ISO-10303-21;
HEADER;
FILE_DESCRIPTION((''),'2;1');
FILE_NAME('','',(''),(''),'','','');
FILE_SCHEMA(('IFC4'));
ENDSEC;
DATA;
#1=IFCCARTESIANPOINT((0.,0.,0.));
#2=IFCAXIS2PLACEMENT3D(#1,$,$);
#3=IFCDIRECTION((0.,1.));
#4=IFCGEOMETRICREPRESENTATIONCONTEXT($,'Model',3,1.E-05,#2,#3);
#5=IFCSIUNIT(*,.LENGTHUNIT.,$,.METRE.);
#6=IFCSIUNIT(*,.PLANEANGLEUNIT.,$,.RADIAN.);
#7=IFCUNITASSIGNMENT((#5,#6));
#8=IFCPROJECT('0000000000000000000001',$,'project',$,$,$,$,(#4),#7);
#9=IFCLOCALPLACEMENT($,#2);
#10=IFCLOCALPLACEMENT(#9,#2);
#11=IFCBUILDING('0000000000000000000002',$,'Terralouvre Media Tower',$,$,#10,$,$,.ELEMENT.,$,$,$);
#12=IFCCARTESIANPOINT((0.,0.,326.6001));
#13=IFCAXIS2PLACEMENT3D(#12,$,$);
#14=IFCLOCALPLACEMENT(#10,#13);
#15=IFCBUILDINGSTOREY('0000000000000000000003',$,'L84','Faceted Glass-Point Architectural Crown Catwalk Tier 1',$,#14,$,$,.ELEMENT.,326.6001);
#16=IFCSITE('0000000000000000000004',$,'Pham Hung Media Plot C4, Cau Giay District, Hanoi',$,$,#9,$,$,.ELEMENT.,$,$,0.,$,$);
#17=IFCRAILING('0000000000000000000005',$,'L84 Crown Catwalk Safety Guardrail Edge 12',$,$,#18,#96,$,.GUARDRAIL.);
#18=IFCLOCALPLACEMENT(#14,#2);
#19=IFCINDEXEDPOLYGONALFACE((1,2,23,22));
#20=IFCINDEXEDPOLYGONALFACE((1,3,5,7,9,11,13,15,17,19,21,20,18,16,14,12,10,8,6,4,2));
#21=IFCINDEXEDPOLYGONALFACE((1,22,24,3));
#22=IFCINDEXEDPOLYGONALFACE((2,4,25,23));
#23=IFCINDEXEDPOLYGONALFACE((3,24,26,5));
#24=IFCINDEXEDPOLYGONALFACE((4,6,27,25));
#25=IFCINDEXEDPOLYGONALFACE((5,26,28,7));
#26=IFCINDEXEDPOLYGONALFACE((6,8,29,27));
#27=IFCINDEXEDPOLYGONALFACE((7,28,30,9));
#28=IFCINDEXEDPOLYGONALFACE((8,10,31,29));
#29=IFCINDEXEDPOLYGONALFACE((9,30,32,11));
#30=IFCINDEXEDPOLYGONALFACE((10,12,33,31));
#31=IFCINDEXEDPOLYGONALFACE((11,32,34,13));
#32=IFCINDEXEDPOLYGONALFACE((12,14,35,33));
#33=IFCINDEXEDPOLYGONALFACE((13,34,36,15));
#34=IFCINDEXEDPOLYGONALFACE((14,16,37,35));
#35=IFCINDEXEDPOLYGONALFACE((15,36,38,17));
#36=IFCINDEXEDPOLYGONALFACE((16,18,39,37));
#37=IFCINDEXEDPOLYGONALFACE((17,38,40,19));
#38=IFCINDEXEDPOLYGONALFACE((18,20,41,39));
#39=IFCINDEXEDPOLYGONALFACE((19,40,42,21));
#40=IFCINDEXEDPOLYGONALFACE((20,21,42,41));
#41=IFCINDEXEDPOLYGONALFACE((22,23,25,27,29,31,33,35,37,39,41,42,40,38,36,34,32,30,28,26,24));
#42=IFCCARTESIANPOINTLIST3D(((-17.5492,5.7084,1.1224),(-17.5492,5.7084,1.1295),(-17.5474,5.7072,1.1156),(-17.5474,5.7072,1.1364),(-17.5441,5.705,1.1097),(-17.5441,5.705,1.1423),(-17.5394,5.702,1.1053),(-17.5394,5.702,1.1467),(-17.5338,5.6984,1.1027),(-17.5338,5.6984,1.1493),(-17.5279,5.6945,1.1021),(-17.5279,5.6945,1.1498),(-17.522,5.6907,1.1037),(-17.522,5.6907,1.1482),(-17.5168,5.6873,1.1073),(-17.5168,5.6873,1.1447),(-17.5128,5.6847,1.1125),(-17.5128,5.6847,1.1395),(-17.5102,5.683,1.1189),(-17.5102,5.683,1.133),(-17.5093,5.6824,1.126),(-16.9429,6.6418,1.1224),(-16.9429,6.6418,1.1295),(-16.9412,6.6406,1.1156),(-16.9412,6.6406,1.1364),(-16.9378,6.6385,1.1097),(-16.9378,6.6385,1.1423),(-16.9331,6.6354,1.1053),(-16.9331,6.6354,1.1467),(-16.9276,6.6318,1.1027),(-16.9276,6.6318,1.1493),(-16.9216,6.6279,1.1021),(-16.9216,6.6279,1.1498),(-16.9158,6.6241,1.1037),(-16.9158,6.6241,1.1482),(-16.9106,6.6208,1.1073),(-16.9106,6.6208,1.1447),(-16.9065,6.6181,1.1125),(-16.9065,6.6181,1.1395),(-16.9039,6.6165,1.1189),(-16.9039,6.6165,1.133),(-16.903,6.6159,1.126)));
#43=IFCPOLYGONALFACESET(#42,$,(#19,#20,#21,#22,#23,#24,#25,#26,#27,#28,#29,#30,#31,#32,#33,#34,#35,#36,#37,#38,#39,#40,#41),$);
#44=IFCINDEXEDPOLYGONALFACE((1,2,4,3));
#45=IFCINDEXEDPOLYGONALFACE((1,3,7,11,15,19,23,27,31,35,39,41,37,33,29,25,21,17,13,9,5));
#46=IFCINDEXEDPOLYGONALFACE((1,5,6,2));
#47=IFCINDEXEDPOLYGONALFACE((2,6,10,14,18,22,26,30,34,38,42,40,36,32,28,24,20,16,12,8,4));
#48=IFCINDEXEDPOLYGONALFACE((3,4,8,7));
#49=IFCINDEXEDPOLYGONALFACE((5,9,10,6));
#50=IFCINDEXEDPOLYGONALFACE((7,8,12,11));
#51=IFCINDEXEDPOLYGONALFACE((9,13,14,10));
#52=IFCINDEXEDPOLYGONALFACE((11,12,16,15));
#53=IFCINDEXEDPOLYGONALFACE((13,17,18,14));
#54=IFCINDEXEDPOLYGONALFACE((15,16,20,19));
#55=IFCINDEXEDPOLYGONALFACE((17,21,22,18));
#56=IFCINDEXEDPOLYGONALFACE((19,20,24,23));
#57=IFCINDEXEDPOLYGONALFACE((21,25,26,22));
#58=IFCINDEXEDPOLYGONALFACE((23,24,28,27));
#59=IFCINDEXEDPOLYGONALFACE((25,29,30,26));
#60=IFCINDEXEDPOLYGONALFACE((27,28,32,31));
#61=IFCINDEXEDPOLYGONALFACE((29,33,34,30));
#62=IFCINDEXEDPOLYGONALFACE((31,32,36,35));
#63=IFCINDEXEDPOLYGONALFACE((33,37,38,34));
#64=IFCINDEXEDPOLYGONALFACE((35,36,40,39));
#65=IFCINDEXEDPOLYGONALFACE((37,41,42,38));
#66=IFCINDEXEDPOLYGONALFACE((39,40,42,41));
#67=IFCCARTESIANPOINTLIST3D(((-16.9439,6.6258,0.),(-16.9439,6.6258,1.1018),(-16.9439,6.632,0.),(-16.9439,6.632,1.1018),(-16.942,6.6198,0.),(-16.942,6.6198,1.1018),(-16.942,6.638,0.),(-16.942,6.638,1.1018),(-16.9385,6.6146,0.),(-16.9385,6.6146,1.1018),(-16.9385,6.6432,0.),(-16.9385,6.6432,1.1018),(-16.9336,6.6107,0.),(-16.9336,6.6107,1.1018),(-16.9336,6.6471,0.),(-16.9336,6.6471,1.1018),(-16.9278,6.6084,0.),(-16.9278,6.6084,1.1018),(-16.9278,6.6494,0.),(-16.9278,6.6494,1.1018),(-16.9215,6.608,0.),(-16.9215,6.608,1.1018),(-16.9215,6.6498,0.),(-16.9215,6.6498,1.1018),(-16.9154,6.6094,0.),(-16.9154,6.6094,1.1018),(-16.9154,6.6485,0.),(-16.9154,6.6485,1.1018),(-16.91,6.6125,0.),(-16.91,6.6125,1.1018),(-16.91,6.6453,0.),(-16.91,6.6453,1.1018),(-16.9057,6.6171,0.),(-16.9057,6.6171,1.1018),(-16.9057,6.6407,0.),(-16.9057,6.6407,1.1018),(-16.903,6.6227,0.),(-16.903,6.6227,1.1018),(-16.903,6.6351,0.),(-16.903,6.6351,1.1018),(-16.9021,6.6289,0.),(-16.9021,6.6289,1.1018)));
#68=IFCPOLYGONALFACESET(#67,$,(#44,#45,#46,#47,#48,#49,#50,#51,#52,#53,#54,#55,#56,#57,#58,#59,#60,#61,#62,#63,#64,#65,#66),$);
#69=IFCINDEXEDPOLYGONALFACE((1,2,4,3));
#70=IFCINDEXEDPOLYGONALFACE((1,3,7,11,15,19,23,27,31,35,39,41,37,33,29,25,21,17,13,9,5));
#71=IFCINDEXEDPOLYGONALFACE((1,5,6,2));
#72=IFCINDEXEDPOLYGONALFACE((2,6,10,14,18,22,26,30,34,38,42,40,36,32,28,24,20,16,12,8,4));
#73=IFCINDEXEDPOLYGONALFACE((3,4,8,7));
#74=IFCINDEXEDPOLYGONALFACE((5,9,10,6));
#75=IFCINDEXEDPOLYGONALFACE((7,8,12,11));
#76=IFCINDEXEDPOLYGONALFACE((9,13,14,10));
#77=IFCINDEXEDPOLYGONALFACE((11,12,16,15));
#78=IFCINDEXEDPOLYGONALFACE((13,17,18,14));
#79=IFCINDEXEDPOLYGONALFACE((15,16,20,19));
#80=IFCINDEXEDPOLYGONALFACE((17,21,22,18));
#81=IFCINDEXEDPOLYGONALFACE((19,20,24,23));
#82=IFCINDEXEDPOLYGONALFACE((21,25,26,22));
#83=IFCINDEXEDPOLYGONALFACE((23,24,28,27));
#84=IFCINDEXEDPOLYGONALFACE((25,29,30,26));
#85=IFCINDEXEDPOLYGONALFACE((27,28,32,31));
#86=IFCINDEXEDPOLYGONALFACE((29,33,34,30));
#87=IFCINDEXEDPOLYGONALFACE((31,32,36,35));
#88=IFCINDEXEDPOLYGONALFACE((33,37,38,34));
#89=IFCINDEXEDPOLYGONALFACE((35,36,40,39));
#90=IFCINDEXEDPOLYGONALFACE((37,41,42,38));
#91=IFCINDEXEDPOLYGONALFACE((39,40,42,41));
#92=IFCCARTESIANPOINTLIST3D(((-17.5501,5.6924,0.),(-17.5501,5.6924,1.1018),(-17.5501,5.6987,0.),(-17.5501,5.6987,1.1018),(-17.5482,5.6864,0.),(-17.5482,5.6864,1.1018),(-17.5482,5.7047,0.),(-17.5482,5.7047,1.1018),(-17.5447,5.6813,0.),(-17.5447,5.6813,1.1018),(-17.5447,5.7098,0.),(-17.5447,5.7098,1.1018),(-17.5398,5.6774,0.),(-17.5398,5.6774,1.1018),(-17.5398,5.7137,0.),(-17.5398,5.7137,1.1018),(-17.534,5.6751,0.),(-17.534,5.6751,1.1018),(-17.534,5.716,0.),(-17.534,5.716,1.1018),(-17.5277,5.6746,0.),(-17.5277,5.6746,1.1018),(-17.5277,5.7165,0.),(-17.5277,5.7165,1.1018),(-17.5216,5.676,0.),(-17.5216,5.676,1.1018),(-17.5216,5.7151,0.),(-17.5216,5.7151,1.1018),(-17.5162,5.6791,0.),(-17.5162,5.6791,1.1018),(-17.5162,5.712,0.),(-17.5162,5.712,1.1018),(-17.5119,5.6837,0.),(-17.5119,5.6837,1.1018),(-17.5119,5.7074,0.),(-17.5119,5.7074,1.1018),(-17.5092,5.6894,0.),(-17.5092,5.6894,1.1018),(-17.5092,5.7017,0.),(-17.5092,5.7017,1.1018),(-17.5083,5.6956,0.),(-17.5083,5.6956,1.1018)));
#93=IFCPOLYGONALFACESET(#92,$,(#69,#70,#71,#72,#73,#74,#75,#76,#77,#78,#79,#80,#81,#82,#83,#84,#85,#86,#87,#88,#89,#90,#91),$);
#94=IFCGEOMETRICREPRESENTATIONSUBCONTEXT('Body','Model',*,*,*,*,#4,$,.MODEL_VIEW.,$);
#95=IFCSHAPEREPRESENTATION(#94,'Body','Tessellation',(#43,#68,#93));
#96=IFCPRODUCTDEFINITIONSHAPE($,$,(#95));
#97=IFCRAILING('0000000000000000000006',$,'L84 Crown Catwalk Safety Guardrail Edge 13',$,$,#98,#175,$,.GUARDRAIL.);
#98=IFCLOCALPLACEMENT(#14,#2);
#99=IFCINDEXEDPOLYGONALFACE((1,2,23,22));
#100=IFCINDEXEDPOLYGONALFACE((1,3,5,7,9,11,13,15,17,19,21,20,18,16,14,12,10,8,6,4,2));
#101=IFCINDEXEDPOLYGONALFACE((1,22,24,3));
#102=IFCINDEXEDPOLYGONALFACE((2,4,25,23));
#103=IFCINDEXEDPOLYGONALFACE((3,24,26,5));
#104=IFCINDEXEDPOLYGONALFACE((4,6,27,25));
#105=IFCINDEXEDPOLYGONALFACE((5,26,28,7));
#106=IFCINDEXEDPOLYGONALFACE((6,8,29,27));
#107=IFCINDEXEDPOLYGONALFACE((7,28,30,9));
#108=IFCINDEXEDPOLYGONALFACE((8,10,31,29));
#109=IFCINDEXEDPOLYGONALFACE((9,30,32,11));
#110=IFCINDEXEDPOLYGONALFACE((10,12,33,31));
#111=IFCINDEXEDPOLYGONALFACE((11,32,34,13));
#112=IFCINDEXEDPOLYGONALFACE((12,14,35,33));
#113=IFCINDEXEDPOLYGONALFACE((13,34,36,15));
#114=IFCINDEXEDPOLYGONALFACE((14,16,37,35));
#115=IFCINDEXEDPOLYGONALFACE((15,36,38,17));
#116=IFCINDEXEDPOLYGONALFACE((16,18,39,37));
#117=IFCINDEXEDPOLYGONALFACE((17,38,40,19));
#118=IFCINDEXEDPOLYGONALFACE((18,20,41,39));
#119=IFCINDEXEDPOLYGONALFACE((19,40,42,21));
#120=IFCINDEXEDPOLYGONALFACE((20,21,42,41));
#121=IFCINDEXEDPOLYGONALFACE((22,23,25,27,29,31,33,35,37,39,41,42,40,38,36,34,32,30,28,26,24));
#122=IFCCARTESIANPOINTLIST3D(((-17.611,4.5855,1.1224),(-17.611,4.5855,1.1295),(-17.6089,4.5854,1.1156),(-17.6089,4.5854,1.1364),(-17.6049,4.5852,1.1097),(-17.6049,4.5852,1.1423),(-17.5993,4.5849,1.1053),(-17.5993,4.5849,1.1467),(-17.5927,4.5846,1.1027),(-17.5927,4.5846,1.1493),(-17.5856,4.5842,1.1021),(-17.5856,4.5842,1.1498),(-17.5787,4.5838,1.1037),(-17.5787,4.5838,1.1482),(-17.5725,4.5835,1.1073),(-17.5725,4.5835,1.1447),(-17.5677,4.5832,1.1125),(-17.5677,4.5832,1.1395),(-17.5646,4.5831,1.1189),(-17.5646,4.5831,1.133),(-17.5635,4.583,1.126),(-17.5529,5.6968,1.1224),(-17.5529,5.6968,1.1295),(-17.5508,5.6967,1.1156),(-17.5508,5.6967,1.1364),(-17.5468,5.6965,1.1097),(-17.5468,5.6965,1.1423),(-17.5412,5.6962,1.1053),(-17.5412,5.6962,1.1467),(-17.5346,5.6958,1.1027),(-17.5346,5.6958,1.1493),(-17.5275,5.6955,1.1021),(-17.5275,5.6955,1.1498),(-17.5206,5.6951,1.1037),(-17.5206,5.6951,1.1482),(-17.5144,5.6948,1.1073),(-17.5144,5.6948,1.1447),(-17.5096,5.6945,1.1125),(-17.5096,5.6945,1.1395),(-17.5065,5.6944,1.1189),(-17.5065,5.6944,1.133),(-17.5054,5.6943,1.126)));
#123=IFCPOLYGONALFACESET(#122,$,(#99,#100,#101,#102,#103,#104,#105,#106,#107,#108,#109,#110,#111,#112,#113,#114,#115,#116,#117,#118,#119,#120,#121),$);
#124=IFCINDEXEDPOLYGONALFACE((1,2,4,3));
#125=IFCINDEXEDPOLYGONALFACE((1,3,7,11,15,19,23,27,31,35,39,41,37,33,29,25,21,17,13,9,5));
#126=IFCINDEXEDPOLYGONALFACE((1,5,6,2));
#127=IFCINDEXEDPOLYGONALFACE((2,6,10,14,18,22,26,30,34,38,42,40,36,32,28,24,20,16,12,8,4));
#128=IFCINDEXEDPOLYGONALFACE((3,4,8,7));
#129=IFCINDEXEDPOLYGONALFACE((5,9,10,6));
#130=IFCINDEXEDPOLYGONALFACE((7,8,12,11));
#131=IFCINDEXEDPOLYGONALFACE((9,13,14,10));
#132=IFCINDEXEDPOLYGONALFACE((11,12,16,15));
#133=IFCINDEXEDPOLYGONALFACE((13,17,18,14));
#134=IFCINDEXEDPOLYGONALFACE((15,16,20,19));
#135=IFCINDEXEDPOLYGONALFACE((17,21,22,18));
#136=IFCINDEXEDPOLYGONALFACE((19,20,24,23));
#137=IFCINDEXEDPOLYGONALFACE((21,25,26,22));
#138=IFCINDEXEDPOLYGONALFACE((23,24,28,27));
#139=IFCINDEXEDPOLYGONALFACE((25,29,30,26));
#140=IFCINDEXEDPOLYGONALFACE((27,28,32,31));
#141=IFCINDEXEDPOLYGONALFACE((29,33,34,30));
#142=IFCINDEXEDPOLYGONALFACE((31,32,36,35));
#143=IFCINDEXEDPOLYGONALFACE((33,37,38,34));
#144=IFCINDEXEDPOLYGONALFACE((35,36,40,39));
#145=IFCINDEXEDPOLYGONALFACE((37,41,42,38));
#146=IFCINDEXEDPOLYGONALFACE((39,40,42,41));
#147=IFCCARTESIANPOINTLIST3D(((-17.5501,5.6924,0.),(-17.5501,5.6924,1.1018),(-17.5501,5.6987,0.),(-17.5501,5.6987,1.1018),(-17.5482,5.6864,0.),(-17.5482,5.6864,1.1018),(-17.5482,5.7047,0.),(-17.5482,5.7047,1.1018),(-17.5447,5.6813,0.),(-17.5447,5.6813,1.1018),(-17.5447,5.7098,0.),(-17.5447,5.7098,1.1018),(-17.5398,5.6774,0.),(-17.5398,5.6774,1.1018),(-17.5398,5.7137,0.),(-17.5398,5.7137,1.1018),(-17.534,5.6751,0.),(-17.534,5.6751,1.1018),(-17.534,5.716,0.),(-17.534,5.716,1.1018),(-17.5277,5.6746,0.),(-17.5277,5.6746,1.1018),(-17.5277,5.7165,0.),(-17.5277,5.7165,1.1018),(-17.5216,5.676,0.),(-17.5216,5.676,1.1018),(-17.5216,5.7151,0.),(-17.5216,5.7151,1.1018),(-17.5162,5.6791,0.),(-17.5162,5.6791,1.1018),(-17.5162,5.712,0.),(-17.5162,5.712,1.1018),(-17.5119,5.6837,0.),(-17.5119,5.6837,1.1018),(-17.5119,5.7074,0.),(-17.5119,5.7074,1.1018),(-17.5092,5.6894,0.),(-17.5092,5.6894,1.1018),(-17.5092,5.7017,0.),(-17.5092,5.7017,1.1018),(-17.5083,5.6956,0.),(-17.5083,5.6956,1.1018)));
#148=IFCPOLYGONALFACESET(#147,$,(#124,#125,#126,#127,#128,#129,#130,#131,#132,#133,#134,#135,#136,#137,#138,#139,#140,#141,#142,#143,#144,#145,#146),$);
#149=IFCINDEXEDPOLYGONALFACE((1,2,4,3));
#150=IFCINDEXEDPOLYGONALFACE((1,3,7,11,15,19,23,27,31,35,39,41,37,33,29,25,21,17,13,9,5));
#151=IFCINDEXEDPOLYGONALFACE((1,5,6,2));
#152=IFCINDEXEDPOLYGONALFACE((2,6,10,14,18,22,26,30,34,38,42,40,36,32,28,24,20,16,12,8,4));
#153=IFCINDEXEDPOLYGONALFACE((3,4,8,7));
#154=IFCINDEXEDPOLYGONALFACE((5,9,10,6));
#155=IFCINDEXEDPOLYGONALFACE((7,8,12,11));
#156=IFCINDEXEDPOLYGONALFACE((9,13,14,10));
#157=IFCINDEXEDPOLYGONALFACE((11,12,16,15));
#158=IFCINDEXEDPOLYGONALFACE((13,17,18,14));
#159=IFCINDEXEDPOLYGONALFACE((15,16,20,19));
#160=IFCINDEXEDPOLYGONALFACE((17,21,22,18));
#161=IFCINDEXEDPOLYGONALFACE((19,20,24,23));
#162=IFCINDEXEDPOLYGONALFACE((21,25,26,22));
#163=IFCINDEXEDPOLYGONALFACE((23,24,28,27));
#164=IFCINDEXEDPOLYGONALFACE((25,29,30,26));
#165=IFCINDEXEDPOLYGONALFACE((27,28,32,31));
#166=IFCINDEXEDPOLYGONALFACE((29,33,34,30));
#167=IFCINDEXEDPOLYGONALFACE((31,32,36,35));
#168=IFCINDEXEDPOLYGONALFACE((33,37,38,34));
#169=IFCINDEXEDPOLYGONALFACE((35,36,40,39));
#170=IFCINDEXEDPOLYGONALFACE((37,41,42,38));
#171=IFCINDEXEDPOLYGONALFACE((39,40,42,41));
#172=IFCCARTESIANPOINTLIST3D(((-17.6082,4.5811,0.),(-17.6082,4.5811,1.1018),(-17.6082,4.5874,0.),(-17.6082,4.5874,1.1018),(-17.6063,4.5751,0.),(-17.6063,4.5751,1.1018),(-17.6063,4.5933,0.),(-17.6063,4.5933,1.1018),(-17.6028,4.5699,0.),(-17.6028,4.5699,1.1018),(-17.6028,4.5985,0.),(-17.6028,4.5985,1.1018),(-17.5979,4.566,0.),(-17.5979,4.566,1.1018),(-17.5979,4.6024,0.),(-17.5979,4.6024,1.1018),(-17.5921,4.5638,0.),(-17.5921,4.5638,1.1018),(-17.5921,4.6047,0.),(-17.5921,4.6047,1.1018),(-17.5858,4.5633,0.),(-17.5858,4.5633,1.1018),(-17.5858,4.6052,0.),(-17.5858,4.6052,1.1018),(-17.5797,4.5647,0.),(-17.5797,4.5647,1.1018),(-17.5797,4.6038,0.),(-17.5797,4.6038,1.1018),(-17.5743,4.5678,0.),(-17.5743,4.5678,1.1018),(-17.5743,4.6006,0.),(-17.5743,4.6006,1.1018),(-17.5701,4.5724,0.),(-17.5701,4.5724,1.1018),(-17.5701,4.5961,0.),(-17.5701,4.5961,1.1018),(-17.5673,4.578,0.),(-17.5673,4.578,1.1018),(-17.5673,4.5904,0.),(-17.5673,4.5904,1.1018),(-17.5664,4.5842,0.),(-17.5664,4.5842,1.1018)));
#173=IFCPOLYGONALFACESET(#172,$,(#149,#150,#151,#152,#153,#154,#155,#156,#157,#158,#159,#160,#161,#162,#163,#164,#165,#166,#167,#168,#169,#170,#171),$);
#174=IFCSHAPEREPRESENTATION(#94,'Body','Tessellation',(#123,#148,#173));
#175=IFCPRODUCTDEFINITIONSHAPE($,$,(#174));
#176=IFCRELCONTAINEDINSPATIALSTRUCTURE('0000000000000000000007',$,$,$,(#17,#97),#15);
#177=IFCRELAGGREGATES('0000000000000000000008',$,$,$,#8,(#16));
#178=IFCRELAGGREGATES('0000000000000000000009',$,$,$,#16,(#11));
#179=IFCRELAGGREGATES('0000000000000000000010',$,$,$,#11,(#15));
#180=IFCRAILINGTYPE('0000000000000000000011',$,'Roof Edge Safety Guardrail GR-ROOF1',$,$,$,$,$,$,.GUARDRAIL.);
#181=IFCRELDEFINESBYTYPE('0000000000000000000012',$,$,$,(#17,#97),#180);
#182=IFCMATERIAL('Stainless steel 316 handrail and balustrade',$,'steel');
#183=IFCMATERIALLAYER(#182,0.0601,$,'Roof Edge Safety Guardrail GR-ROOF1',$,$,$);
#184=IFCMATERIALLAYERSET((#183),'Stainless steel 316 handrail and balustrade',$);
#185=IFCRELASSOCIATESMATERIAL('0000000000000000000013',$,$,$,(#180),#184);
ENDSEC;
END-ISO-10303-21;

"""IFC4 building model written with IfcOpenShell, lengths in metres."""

from ifc_helpers import new_model, si_unit, direction, frame, origin, origin_2d, place, context, subcontext, project, spatial, circle, extrude, material, layer, layer_set, type_object, element, save


model = new_model("IFC4")

# Units and contexts
model_context = context("Model", 3, precision=1e-05, world=origin(), true_north=direction((0.0, 1.0)))
body_context = subcontext(model_context, "Body", "Model", "MODEL_VIEW")
ifc_project = project(units=[si_unit("LENGTHUNIT", "METRE"), si_unit("PLANEANGLEUNIT", "RADIAN")], contexts=[model_context])

# Site, building, storey
site_placement = place(None, origin())
site = spatial("IfcSite", under=ifc_project, at=site_placement, Name="Pham Hung Media Plot C4, Cau Giay District, Hanoi", CompositionType="ELEMENT", RefElevation=0.0)
building_placement = place(site_placement, origin())
building = spatial("IfcBuilding", under=site, at=building_placement, Name="Terralouvre Media Tower", CompositionType="ELEMENT")
storey_placement = place(building_placement, frame((0.0, 0.0, 326.6001)))
storey = spatial("IfcBuildingStorey", under=building, at=storey_placement, Name="L84", Description="Faceted Glass-Point Architectural Crown Catwalk Tier 1", CompositionType="ELEMENT", Elevation=326.6001)

# Railings
ifc_material_1 = material(Name="Stainless steel 316 handrail and balustrade", Category="steel")
ifc_layer_1 = layer(ifc_material_1, 0.0601, Name="Roof Edge Safety Guardrail GR-ROOF1")
ifc_layer_set_1 = layer_set([ifc_layer_1], Name="Stainless steel 316 handrail and balustrade")
railing_type = type_object("IfcRailingType", Name="Roof Edge Safety Guardrail GR-ROOF1", PredefinedType="GUARDRAIL", material=ifc_layer_set_1)
railing_1_placement = place(storey_placement, frame((-16.9231, 6.6289, 0.0)))
element("IfcRailing", 1, at=railing_1_placement, inside=storey, type_object=railing_type, Name="L84 Crown Catwalk Safety Guardrail Edge 12", PredefinedType="GUARDRAIL", context=body_context, shape_type="SweptSolid", body=[
    extrude(circle(Radius=0.0239, at=origin_2d()), frame((0.0, 0.0, 1.126), z_axis=(-0.544688, -0.838639, 0.0), x_axis=(0.838639, -0.544688, 0.0)), (0.0, 0.0, 1.0), 1.113),
    extrude(circle(Radius=0.021, at=origin_2d()), origin(), (0.0, 0.0, 1.0), 1.1018),
    extrude(circle(Radius=0.021, at=origin_2d()), frame((-0.6062, -0.9333, 0.0)), (0.0, 0.0, 1.0), 1.1018),
])
railing_2_placement = place(storey_placement, frame((-17.5293, 5.6956, 0.0)))
element("IfcRailing", 2, at=railing_2_placement, inside=storey, type_object=railing_type, Name="L84 Crown Catwalk Safety Guardrail Edge 13", PredefinedType="GUARDRAIL", context=body_context, shape_type="SweptSolid", body=[
    extrude(circle(Radius=0.0239, at=origin_2d()), frame((0.0, 0.0, 1.126), z_axis=(-0.052213, -0.998636, 0.0), x_axis=(0.998636, -0.052213, 0.0)), (0.0, 0.0, 1.0), 1.1128),
    extrude(circle(Radius=0.021, at=origin_2d()), origin(), (0.0, 0.0, 1.0), 1.1018),
    extrude(circle(Radius=0.021, at=origin_2d()), frame((-0.0581, -1.1113, 0.0)), (0.0, 0.0, 1.0), 1.1018),
])

save(model, "model.ifc")
